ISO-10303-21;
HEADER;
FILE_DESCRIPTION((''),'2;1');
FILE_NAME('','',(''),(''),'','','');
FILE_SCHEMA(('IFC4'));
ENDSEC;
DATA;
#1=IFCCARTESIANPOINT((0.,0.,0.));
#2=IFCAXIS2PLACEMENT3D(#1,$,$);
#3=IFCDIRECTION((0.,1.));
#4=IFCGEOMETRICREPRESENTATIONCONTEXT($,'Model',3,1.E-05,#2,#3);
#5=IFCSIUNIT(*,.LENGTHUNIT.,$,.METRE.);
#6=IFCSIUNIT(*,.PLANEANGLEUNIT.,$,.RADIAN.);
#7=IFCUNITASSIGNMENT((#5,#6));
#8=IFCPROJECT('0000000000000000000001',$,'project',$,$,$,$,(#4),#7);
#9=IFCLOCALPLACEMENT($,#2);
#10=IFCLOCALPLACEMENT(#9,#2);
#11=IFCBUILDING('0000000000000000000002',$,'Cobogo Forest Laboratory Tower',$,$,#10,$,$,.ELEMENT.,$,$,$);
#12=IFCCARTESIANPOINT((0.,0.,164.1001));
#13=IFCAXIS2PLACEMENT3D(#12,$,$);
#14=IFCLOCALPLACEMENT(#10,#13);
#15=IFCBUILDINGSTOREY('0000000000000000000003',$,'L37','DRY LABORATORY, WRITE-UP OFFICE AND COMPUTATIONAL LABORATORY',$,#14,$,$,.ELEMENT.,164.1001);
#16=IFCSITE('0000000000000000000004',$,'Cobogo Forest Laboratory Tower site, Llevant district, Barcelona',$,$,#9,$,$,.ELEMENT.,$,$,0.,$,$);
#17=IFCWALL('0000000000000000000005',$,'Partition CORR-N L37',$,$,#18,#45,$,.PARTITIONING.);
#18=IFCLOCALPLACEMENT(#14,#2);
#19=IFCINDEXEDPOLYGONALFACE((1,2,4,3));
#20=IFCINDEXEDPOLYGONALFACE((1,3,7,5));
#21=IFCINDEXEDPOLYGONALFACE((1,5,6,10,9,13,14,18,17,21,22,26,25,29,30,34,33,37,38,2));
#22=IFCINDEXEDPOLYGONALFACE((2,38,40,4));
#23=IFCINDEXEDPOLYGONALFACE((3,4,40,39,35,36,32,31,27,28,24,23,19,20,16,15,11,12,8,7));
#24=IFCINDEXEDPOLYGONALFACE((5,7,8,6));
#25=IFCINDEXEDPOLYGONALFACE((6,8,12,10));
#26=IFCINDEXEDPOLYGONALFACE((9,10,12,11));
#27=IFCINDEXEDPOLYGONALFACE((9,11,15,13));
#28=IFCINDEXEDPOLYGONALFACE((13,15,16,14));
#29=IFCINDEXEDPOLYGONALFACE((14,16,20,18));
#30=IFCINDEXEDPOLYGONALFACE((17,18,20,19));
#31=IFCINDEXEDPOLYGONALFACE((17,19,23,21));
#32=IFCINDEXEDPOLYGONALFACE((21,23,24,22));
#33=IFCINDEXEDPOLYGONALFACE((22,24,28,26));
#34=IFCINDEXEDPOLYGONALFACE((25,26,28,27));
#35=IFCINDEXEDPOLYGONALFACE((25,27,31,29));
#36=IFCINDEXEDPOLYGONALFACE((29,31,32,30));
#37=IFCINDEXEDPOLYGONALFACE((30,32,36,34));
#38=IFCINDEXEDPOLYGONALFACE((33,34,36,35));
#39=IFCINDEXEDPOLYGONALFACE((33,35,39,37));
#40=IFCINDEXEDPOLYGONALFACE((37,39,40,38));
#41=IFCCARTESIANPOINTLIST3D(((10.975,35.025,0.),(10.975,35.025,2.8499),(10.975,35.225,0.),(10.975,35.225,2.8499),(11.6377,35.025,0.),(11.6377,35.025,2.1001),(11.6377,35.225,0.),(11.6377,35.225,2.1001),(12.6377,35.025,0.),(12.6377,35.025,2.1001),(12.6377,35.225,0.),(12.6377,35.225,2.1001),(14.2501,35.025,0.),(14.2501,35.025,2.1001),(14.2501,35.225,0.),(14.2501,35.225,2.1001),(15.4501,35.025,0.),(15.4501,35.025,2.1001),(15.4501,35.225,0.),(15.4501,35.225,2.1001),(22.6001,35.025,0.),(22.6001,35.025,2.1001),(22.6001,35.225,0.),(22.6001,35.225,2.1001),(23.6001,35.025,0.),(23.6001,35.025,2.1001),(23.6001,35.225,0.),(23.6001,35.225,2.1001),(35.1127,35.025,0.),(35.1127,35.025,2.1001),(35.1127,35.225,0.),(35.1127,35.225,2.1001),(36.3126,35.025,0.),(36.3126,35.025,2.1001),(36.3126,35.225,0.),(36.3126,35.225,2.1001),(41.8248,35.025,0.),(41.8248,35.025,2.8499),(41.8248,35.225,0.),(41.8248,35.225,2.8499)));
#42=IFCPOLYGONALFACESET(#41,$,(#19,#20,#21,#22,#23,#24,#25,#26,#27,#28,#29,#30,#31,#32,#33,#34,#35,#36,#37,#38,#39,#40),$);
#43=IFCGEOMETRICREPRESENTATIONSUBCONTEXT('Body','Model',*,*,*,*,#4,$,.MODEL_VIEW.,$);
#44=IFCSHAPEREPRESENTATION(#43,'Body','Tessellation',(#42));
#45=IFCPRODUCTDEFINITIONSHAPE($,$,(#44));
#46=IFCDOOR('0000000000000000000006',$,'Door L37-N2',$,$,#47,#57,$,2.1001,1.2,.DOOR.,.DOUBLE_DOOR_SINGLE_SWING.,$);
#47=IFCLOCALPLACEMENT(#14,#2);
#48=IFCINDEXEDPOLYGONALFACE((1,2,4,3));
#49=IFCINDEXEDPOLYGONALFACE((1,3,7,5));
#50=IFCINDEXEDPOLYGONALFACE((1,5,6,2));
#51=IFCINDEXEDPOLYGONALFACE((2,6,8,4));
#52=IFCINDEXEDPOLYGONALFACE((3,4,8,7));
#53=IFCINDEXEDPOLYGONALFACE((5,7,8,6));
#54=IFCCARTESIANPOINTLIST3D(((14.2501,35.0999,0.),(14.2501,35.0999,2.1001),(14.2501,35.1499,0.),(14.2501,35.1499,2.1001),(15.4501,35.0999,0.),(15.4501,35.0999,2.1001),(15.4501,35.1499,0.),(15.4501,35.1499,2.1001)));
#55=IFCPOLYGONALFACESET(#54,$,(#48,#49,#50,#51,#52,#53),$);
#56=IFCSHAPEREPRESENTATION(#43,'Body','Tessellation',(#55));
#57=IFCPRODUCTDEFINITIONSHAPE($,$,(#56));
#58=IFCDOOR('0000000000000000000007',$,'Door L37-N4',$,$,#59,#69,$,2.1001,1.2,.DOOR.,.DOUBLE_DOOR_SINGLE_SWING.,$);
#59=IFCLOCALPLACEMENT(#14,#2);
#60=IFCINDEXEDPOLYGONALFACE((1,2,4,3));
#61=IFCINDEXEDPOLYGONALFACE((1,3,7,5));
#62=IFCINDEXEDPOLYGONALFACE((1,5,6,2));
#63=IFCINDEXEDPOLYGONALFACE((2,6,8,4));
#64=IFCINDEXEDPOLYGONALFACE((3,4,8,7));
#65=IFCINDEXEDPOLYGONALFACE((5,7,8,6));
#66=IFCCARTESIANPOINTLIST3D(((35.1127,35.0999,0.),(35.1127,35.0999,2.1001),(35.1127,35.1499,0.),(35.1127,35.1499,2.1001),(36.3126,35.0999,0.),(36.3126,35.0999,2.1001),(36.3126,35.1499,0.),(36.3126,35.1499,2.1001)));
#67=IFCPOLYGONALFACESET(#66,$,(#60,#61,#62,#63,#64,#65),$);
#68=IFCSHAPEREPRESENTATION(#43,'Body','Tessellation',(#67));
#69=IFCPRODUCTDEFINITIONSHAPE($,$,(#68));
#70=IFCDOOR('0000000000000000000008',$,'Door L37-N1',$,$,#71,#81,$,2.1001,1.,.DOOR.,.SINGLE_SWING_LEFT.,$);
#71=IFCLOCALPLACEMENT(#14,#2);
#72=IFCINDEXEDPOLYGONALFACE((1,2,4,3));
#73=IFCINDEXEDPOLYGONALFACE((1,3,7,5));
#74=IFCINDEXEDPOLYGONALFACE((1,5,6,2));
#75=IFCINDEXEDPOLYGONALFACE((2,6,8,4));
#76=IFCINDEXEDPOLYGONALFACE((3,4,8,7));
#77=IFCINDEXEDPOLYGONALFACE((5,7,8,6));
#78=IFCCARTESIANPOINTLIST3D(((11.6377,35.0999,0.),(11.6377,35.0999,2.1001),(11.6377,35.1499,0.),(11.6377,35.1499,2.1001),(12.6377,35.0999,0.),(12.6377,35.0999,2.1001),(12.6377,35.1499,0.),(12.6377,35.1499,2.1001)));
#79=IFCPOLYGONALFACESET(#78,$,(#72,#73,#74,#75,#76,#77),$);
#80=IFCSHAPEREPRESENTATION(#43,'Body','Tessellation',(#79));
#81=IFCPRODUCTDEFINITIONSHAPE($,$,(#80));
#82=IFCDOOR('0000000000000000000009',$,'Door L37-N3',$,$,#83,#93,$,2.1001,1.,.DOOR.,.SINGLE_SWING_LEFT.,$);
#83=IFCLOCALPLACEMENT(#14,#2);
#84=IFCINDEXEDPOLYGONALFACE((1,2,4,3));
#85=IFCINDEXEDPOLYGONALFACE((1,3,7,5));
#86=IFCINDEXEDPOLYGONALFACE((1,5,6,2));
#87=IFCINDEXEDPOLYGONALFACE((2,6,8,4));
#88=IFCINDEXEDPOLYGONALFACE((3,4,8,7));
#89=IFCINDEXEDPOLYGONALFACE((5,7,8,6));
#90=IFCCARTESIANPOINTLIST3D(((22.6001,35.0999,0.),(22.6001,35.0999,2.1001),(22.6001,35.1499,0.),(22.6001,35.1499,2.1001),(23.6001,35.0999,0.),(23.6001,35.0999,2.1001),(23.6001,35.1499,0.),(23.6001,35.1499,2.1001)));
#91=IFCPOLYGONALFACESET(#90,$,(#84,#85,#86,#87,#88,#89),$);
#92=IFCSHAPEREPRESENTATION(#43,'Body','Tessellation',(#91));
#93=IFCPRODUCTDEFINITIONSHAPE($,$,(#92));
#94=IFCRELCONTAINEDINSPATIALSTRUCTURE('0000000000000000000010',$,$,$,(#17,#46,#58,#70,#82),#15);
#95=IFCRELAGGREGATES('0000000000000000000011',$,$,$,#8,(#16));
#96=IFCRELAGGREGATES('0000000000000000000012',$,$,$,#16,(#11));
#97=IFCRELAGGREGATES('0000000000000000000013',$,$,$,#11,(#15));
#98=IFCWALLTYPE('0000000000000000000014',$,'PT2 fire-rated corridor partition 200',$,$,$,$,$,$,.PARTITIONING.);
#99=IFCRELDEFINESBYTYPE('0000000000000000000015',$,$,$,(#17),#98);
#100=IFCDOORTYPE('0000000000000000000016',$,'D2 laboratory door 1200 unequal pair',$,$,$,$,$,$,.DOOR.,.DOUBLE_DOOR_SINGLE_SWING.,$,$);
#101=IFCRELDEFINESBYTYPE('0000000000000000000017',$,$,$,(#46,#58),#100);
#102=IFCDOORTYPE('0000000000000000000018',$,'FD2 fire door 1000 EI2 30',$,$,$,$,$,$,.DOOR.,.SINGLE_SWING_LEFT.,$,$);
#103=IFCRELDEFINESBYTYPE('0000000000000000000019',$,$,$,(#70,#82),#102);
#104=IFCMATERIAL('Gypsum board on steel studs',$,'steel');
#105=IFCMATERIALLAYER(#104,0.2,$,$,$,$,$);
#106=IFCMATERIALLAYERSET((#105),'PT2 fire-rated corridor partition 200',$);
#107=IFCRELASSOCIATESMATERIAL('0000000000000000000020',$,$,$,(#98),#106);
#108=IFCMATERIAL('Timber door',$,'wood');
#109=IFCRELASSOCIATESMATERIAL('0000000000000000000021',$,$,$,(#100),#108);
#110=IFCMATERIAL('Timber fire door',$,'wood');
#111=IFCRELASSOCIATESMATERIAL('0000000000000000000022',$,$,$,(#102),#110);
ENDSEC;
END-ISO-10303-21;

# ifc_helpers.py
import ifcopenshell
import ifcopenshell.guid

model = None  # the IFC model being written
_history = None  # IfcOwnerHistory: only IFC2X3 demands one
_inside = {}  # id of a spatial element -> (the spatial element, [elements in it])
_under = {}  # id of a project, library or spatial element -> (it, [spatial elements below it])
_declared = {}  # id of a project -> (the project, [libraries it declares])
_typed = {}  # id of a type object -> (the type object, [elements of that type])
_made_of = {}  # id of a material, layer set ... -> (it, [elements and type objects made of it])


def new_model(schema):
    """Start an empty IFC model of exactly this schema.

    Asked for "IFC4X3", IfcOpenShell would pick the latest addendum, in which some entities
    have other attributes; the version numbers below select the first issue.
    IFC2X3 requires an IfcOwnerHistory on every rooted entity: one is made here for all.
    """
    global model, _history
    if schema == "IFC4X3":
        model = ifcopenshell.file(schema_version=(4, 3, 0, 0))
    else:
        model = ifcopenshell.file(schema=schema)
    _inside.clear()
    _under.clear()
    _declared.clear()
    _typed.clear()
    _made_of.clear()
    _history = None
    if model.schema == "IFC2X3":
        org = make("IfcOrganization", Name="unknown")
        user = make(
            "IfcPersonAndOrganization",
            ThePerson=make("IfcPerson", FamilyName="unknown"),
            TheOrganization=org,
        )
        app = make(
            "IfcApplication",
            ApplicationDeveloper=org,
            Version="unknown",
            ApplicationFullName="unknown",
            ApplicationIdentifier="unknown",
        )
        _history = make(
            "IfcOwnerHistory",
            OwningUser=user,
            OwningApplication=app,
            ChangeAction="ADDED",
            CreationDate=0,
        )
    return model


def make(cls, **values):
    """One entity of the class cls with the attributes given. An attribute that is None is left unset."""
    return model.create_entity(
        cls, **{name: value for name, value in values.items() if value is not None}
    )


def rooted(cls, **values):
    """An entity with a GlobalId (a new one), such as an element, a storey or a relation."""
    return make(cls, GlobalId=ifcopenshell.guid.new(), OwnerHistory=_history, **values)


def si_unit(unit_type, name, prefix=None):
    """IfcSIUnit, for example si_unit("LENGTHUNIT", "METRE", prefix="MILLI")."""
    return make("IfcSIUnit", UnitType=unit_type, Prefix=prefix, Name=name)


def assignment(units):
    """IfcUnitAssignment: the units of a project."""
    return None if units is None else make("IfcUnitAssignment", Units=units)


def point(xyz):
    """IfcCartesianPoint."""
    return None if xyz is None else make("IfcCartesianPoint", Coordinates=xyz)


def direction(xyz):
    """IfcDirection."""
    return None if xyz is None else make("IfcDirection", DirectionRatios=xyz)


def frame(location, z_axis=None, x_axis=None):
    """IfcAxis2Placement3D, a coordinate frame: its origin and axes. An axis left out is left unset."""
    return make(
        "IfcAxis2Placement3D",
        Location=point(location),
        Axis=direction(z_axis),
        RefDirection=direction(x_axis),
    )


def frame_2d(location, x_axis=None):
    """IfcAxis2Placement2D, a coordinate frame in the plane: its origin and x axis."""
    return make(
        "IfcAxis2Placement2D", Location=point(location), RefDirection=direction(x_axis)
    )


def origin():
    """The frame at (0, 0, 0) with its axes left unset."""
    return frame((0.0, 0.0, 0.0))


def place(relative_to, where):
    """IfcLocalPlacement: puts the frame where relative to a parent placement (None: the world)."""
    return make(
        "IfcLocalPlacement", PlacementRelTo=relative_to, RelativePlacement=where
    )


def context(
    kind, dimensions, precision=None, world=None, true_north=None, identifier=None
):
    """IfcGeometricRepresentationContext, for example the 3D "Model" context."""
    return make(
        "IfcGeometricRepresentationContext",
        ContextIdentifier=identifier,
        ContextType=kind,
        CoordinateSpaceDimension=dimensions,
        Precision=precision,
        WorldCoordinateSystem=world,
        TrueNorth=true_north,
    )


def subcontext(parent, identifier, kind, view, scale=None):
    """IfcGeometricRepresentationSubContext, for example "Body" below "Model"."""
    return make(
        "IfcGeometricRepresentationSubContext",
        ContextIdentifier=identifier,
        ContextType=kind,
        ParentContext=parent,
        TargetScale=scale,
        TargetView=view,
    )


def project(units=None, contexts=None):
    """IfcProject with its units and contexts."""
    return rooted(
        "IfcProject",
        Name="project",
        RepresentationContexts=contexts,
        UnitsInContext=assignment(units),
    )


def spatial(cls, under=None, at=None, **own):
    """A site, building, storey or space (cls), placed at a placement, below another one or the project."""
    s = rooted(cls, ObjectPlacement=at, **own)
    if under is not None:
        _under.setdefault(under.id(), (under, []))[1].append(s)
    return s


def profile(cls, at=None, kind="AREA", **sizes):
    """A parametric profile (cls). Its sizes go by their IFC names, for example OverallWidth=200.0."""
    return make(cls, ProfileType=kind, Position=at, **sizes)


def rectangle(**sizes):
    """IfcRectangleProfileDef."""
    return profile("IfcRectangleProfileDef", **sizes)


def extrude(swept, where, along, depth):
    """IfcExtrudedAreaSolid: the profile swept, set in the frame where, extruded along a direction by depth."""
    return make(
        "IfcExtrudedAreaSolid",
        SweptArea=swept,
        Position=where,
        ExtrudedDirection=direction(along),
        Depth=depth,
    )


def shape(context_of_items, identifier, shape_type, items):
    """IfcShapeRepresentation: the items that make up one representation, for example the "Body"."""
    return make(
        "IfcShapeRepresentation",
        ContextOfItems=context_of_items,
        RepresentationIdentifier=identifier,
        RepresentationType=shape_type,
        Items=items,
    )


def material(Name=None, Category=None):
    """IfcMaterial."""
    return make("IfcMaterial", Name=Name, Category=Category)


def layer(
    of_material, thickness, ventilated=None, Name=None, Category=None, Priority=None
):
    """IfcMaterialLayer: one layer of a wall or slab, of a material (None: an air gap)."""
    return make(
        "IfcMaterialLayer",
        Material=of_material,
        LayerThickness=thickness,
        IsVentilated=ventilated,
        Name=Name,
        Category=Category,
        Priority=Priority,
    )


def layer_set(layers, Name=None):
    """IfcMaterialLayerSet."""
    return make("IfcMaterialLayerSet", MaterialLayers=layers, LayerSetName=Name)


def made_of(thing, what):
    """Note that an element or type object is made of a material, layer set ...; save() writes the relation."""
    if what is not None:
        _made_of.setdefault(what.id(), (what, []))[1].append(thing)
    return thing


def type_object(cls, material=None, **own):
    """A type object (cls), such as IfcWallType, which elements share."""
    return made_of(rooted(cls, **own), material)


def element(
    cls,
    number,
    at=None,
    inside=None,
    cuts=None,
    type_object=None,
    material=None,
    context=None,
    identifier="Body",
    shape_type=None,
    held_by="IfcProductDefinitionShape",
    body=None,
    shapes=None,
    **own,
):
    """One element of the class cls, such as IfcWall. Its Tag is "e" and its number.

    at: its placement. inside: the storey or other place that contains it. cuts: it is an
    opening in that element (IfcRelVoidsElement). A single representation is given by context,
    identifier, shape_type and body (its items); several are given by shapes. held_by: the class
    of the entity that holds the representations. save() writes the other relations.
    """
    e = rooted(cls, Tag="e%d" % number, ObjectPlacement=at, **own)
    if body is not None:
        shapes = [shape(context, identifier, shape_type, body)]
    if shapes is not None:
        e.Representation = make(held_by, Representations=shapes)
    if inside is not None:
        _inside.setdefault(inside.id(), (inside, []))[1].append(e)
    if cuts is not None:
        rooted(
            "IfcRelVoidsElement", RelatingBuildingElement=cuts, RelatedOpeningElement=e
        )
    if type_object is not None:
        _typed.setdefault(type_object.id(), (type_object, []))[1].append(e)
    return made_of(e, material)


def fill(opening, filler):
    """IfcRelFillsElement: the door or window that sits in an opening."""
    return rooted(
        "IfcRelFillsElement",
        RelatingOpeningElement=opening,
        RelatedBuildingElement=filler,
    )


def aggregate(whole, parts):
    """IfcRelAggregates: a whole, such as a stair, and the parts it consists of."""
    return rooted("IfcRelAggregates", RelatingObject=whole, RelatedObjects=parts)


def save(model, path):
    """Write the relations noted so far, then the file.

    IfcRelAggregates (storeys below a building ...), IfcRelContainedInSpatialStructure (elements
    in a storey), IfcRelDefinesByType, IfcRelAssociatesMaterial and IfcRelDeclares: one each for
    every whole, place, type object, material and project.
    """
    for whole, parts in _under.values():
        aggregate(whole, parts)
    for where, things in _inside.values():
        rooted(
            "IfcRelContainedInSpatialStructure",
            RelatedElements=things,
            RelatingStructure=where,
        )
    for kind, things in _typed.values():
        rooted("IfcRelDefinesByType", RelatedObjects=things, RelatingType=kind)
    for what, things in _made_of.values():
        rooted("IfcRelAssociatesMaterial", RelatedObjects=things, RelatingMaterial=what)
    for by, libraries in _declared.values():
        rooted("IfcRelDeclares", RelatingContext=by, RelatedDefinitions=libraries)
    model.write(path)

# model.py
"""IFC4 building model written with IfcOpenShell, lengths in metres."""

from ifc_helpers import new_model, si_unit, direction, frame, frame_2d, origin, place, context, subcontext, project, spatial, rectangle, extrude, material, layer, layer_set, type_object, element, fill, save


model = new_model("IFC4")

# Units and contexts
model_context = context("Model", 3, precision=1e-05, world=origin(), true_north=direction((0.0, 1.0)))
body_context = subcontext(model_context, "Body", "Model", "MODEL_VIEW")
ifc_project = project(units=[si_unit("LENGTHUNIT", "METRE"), si_unit("PLANEANGLEUNIT", "RADIAN")], contexts=[model_context])

# Site, building, storey
site_placement = place(None, origin())
site = spatial("IfcSite", under=ifc_project, at=site_placement, Name="Cobogo Forest Laboratory Tower site, Llevant district, Barcelona", CompositionType="ELEMENT", RefElevation=0.0)
building_placement = place(site_placement, origin())
building = spatial("IfcBuilding", under=site, at=building_placement, Name="Cobogo Forest Laboratory Tower", CompositionType="ELEMENT")
storey_placement = place(building_placement, frame((0.0, 0.0, 164.1001)))
storey = spatial("IfcBuildingStorey", under=building, at=storey_placement, Name="L37", Description="DRY LABORATORY, WRITE-UP OFFICE AND COMPUTATIONAL LABORATORY", CompositionType="ELEMENT", Elevation=164.1001)

# Shared definitions
ifc_material_1 = material(Name="Gypsum board on steel studs", Category="steel")

# Wall, openings, doors
ifc_layer_1 = layer(ifc_material_1, 0.2)
ifc_layer_set_1 = layer_set([ifc_layer_1], Name="PT2 fire-rated corridor partition 200")
wall_type_1 = type_object("IfcWallType", Name="PT2 fire-rated corridor partition 200", PredefinedType="PARTITIONING", material=ifc_layer_set_1)
wall_1_placement = place(storey_placement, frame((10.9751, 35.125, 0.0), z_axis=(0.0, 0.0, 1.0), x_axis=(1.0, 0.0, 0.0)))
wall_1 = element("IfcWall", 1, at=wall_1_placement, inside=storey, type_object=wall_type_1, Name="Partition CORR-N L37", PredefinedType="PARTITIONING", context=body_context, shape_type="SweptSolid", body=[
    extrude(rectangle(XDim=30.8499, YDim=0.2, at=frame_2d((15.4248, 0.0))), origin(), (0.0, 0.0, 1.0), 2.8499),
])
opening_1_placement = place(wall_1_placement, frame((0.6626, 0.0, 0.0)))
opening_1 = element("IfcOpeningElement", 2, at=opening_1_placement, cuts=wall_1, PredefinedType="OPENING", context=body_context, shape_type="SweptSolid", body=[
    extrude(rectangle(XDim=1.0, YDim=2.1001, at=frame_2d((0.5, 1.05))), frame((0.0, 0.1099, 0.0), z_axis=(0.0, -1.0, 0.0), x_axis=(1.0, 0.0, 0.0)), (0.0, 0.0, 1.0), 0.22),
])
opening_2_placement = place(wall_1_placement, frame((3.2749, 0.0, 0.0)))
opening_2 = element("IfcOpeningElement", 3, at=opening_2_placement, cuts=wall_1, PredefinedType="OPENING", context=body_context, shape_type="SweptSolid", body=[
    extrude(rectangle(XDim=1.2, YDim=2.1001, at=frame_2d((0.6001, 1.05))), frame((0.0, 0.1099, 0.0), z_axis=(0.0, -1.0, 0.0), x_axis=(1.0, 0.0, 0.0)), (0.0, 0.0, 1.0), 0.22),
])
opening_3_placement = place(wall_1_placement, frame((11.625, 0.0, 0.0)))
opening_3 = element("IfcOpeningElement", 4, at=opening_3_placement, cuts=wall_1, PredefinedType="OPENING", context=body_context, shape_type="SweptSolid", body=[
    extrude(rectangle(XDim=1.0, YDim=2.1001, at=frame_2d((0.5, 1.05))), frame((0.0, 0.1099, 0.0), z_axis=(0.0, -1.0, 0.0), x_axis=(1.0, 0.0, 0.0)), (0.0, 0.0, 1.0), 0.22),
])
opening_4_placement = place(wall_1_placement, frame((24.1375, 0.0, 0.0)))
opening_4 = element("IfcOpeningElement", 5, at=opening_4_placement, cuts=wall_1, PredefinedType="OPENING", context=body_context, shape_type="SweptSolid", body=[
    extrude(rectangle(XDim=1.2, YDim=2.1001, at=frame_2d((0.6001, 1.05))), frame((0.0, 0.1099, 0.0), z_axis=(0.0, -1.0, 0.0), x_axis=(1.0, 0.0, 0.0)), (0.0, 0.0, 1.0), 0.22),
])
ifc_material_2 = material(Name="Timber door", Category="wood")
door_type_1 = type_object("IfcDoorType", Name="D2 laboratory door 1200 unequal pair", OperationType="DOUBLE_DOOR_SINGLE_SWING", PredefinedType="DOOR", material=ifc_material_2)
door_1_placement = place(opening_2_placement, origin())
door_1 = element("IfcDoor", 6, at=door_1_placement, inside=storey, type_object=door_type_1, Name="Door L37-N2", OperationType="DOUBLE_DOOR_SINGLE_SWING", OverallHeight=2.1001, OverallWidth=1.2, PredefinedType="DOOR", context=body_context, shape_type="SweptSolid", body=[
    extrude(rectangle(XDim=1.2, YDim=2.1001, at=frame_2d((0.6001, 1.05))), frame((0.0, 0.0249, 0.0), z_axis=(0.0, -1.0, 0.0), x_axis=(1.0, 0.0, 0.0)), (0.0, 0.0, 1.0), 0.05),
])
fill(opening_2, door_1)
door_2_placement = place(opening_4_placement, origin())
door_2 = element("IfcDoor", 7, at=door_2_placement, inside=storey, type_object=door_type_1, Name="Door L37-N4", OperationType="DOUBLE_DOOR_SINGLE_SWING", OverallHeight=2.1001, OverallWidth=1.2, PredefinedType="DOOR", context=body_context, shape_type="SweptSolid", body=[
    extrude(rectangle(XDim=1.2, YDim=2.1001, at=frame_2d((0.6001, 1.05))), frame((0.0, 0.0249, 0.0), z_axis=(0.0, -1.0, 0.0), x_axis=(1.0, 0.0, 0.0)), (0.0, 0.0, 1.0), 0.05),
])
fill(opening_4, door_2)
ifc_material_3 = material(Name="Timber fire door", Category="wood")
door_type_2 = type_object("IfcDoorType", Name="FD2 fire door 1000 EI2 30", OperationType="SINGLE_SWING_LEFT", PredefinedType="DOOR", material=ifc_material_3)
door_3_placement = place(opening_1_placement, origin())
door_3 = element("IfcDoor", 8, at=door_3_placement, inside=storey, type_object=door_type_2, Name="Door L37-N1", OperationType="SINGLE_SWING_LEFT", OverallHeight=2.1001, OverallWidth=1.0, PredefinedType="DOOR", context=body_context, shape_type="SweptSolid", body=[
    extrude(rectangle(XDim=1.0, YDim=2.1001, at=frame_2d((0.5, 1.05))), frame((0.0, 0.0249, 0.0), z_axis=(0.0, -1.0, 0.0), x_axis=(1.0, 0.0, 0.0)), (0.0, 0.0, 1.0), 0.05),
])
fill(opening_1, door_3)
door_4_placement = place(opening_3_placement, origin())
door_4 = element("IfcDoor", 9, at=door_4_placement, inside=storey, type_object=door_type_2, Name="Door L37-N3", OperationType="SINGLE_SWING_LEFT", OverallHeight=2.1001, OverallWidth=1.0, PredefinedType="DOOR", context=body_context, shape_type="SweptSolid", body=[
    extrude(rectangle(XDim=1.0, YDim=2.1001, at=frame_2d((0.5, 1.05))), frame((0.0, 0.0249, 0.0), z_axis=(0.0, -1.0, 0.0), x_axis=(1.0, 0.0, 0.0)), (0.0, 0.0, 1.0), 0.05),
])
fill(opening_3, door_4)

save(model, "model.ifc")
